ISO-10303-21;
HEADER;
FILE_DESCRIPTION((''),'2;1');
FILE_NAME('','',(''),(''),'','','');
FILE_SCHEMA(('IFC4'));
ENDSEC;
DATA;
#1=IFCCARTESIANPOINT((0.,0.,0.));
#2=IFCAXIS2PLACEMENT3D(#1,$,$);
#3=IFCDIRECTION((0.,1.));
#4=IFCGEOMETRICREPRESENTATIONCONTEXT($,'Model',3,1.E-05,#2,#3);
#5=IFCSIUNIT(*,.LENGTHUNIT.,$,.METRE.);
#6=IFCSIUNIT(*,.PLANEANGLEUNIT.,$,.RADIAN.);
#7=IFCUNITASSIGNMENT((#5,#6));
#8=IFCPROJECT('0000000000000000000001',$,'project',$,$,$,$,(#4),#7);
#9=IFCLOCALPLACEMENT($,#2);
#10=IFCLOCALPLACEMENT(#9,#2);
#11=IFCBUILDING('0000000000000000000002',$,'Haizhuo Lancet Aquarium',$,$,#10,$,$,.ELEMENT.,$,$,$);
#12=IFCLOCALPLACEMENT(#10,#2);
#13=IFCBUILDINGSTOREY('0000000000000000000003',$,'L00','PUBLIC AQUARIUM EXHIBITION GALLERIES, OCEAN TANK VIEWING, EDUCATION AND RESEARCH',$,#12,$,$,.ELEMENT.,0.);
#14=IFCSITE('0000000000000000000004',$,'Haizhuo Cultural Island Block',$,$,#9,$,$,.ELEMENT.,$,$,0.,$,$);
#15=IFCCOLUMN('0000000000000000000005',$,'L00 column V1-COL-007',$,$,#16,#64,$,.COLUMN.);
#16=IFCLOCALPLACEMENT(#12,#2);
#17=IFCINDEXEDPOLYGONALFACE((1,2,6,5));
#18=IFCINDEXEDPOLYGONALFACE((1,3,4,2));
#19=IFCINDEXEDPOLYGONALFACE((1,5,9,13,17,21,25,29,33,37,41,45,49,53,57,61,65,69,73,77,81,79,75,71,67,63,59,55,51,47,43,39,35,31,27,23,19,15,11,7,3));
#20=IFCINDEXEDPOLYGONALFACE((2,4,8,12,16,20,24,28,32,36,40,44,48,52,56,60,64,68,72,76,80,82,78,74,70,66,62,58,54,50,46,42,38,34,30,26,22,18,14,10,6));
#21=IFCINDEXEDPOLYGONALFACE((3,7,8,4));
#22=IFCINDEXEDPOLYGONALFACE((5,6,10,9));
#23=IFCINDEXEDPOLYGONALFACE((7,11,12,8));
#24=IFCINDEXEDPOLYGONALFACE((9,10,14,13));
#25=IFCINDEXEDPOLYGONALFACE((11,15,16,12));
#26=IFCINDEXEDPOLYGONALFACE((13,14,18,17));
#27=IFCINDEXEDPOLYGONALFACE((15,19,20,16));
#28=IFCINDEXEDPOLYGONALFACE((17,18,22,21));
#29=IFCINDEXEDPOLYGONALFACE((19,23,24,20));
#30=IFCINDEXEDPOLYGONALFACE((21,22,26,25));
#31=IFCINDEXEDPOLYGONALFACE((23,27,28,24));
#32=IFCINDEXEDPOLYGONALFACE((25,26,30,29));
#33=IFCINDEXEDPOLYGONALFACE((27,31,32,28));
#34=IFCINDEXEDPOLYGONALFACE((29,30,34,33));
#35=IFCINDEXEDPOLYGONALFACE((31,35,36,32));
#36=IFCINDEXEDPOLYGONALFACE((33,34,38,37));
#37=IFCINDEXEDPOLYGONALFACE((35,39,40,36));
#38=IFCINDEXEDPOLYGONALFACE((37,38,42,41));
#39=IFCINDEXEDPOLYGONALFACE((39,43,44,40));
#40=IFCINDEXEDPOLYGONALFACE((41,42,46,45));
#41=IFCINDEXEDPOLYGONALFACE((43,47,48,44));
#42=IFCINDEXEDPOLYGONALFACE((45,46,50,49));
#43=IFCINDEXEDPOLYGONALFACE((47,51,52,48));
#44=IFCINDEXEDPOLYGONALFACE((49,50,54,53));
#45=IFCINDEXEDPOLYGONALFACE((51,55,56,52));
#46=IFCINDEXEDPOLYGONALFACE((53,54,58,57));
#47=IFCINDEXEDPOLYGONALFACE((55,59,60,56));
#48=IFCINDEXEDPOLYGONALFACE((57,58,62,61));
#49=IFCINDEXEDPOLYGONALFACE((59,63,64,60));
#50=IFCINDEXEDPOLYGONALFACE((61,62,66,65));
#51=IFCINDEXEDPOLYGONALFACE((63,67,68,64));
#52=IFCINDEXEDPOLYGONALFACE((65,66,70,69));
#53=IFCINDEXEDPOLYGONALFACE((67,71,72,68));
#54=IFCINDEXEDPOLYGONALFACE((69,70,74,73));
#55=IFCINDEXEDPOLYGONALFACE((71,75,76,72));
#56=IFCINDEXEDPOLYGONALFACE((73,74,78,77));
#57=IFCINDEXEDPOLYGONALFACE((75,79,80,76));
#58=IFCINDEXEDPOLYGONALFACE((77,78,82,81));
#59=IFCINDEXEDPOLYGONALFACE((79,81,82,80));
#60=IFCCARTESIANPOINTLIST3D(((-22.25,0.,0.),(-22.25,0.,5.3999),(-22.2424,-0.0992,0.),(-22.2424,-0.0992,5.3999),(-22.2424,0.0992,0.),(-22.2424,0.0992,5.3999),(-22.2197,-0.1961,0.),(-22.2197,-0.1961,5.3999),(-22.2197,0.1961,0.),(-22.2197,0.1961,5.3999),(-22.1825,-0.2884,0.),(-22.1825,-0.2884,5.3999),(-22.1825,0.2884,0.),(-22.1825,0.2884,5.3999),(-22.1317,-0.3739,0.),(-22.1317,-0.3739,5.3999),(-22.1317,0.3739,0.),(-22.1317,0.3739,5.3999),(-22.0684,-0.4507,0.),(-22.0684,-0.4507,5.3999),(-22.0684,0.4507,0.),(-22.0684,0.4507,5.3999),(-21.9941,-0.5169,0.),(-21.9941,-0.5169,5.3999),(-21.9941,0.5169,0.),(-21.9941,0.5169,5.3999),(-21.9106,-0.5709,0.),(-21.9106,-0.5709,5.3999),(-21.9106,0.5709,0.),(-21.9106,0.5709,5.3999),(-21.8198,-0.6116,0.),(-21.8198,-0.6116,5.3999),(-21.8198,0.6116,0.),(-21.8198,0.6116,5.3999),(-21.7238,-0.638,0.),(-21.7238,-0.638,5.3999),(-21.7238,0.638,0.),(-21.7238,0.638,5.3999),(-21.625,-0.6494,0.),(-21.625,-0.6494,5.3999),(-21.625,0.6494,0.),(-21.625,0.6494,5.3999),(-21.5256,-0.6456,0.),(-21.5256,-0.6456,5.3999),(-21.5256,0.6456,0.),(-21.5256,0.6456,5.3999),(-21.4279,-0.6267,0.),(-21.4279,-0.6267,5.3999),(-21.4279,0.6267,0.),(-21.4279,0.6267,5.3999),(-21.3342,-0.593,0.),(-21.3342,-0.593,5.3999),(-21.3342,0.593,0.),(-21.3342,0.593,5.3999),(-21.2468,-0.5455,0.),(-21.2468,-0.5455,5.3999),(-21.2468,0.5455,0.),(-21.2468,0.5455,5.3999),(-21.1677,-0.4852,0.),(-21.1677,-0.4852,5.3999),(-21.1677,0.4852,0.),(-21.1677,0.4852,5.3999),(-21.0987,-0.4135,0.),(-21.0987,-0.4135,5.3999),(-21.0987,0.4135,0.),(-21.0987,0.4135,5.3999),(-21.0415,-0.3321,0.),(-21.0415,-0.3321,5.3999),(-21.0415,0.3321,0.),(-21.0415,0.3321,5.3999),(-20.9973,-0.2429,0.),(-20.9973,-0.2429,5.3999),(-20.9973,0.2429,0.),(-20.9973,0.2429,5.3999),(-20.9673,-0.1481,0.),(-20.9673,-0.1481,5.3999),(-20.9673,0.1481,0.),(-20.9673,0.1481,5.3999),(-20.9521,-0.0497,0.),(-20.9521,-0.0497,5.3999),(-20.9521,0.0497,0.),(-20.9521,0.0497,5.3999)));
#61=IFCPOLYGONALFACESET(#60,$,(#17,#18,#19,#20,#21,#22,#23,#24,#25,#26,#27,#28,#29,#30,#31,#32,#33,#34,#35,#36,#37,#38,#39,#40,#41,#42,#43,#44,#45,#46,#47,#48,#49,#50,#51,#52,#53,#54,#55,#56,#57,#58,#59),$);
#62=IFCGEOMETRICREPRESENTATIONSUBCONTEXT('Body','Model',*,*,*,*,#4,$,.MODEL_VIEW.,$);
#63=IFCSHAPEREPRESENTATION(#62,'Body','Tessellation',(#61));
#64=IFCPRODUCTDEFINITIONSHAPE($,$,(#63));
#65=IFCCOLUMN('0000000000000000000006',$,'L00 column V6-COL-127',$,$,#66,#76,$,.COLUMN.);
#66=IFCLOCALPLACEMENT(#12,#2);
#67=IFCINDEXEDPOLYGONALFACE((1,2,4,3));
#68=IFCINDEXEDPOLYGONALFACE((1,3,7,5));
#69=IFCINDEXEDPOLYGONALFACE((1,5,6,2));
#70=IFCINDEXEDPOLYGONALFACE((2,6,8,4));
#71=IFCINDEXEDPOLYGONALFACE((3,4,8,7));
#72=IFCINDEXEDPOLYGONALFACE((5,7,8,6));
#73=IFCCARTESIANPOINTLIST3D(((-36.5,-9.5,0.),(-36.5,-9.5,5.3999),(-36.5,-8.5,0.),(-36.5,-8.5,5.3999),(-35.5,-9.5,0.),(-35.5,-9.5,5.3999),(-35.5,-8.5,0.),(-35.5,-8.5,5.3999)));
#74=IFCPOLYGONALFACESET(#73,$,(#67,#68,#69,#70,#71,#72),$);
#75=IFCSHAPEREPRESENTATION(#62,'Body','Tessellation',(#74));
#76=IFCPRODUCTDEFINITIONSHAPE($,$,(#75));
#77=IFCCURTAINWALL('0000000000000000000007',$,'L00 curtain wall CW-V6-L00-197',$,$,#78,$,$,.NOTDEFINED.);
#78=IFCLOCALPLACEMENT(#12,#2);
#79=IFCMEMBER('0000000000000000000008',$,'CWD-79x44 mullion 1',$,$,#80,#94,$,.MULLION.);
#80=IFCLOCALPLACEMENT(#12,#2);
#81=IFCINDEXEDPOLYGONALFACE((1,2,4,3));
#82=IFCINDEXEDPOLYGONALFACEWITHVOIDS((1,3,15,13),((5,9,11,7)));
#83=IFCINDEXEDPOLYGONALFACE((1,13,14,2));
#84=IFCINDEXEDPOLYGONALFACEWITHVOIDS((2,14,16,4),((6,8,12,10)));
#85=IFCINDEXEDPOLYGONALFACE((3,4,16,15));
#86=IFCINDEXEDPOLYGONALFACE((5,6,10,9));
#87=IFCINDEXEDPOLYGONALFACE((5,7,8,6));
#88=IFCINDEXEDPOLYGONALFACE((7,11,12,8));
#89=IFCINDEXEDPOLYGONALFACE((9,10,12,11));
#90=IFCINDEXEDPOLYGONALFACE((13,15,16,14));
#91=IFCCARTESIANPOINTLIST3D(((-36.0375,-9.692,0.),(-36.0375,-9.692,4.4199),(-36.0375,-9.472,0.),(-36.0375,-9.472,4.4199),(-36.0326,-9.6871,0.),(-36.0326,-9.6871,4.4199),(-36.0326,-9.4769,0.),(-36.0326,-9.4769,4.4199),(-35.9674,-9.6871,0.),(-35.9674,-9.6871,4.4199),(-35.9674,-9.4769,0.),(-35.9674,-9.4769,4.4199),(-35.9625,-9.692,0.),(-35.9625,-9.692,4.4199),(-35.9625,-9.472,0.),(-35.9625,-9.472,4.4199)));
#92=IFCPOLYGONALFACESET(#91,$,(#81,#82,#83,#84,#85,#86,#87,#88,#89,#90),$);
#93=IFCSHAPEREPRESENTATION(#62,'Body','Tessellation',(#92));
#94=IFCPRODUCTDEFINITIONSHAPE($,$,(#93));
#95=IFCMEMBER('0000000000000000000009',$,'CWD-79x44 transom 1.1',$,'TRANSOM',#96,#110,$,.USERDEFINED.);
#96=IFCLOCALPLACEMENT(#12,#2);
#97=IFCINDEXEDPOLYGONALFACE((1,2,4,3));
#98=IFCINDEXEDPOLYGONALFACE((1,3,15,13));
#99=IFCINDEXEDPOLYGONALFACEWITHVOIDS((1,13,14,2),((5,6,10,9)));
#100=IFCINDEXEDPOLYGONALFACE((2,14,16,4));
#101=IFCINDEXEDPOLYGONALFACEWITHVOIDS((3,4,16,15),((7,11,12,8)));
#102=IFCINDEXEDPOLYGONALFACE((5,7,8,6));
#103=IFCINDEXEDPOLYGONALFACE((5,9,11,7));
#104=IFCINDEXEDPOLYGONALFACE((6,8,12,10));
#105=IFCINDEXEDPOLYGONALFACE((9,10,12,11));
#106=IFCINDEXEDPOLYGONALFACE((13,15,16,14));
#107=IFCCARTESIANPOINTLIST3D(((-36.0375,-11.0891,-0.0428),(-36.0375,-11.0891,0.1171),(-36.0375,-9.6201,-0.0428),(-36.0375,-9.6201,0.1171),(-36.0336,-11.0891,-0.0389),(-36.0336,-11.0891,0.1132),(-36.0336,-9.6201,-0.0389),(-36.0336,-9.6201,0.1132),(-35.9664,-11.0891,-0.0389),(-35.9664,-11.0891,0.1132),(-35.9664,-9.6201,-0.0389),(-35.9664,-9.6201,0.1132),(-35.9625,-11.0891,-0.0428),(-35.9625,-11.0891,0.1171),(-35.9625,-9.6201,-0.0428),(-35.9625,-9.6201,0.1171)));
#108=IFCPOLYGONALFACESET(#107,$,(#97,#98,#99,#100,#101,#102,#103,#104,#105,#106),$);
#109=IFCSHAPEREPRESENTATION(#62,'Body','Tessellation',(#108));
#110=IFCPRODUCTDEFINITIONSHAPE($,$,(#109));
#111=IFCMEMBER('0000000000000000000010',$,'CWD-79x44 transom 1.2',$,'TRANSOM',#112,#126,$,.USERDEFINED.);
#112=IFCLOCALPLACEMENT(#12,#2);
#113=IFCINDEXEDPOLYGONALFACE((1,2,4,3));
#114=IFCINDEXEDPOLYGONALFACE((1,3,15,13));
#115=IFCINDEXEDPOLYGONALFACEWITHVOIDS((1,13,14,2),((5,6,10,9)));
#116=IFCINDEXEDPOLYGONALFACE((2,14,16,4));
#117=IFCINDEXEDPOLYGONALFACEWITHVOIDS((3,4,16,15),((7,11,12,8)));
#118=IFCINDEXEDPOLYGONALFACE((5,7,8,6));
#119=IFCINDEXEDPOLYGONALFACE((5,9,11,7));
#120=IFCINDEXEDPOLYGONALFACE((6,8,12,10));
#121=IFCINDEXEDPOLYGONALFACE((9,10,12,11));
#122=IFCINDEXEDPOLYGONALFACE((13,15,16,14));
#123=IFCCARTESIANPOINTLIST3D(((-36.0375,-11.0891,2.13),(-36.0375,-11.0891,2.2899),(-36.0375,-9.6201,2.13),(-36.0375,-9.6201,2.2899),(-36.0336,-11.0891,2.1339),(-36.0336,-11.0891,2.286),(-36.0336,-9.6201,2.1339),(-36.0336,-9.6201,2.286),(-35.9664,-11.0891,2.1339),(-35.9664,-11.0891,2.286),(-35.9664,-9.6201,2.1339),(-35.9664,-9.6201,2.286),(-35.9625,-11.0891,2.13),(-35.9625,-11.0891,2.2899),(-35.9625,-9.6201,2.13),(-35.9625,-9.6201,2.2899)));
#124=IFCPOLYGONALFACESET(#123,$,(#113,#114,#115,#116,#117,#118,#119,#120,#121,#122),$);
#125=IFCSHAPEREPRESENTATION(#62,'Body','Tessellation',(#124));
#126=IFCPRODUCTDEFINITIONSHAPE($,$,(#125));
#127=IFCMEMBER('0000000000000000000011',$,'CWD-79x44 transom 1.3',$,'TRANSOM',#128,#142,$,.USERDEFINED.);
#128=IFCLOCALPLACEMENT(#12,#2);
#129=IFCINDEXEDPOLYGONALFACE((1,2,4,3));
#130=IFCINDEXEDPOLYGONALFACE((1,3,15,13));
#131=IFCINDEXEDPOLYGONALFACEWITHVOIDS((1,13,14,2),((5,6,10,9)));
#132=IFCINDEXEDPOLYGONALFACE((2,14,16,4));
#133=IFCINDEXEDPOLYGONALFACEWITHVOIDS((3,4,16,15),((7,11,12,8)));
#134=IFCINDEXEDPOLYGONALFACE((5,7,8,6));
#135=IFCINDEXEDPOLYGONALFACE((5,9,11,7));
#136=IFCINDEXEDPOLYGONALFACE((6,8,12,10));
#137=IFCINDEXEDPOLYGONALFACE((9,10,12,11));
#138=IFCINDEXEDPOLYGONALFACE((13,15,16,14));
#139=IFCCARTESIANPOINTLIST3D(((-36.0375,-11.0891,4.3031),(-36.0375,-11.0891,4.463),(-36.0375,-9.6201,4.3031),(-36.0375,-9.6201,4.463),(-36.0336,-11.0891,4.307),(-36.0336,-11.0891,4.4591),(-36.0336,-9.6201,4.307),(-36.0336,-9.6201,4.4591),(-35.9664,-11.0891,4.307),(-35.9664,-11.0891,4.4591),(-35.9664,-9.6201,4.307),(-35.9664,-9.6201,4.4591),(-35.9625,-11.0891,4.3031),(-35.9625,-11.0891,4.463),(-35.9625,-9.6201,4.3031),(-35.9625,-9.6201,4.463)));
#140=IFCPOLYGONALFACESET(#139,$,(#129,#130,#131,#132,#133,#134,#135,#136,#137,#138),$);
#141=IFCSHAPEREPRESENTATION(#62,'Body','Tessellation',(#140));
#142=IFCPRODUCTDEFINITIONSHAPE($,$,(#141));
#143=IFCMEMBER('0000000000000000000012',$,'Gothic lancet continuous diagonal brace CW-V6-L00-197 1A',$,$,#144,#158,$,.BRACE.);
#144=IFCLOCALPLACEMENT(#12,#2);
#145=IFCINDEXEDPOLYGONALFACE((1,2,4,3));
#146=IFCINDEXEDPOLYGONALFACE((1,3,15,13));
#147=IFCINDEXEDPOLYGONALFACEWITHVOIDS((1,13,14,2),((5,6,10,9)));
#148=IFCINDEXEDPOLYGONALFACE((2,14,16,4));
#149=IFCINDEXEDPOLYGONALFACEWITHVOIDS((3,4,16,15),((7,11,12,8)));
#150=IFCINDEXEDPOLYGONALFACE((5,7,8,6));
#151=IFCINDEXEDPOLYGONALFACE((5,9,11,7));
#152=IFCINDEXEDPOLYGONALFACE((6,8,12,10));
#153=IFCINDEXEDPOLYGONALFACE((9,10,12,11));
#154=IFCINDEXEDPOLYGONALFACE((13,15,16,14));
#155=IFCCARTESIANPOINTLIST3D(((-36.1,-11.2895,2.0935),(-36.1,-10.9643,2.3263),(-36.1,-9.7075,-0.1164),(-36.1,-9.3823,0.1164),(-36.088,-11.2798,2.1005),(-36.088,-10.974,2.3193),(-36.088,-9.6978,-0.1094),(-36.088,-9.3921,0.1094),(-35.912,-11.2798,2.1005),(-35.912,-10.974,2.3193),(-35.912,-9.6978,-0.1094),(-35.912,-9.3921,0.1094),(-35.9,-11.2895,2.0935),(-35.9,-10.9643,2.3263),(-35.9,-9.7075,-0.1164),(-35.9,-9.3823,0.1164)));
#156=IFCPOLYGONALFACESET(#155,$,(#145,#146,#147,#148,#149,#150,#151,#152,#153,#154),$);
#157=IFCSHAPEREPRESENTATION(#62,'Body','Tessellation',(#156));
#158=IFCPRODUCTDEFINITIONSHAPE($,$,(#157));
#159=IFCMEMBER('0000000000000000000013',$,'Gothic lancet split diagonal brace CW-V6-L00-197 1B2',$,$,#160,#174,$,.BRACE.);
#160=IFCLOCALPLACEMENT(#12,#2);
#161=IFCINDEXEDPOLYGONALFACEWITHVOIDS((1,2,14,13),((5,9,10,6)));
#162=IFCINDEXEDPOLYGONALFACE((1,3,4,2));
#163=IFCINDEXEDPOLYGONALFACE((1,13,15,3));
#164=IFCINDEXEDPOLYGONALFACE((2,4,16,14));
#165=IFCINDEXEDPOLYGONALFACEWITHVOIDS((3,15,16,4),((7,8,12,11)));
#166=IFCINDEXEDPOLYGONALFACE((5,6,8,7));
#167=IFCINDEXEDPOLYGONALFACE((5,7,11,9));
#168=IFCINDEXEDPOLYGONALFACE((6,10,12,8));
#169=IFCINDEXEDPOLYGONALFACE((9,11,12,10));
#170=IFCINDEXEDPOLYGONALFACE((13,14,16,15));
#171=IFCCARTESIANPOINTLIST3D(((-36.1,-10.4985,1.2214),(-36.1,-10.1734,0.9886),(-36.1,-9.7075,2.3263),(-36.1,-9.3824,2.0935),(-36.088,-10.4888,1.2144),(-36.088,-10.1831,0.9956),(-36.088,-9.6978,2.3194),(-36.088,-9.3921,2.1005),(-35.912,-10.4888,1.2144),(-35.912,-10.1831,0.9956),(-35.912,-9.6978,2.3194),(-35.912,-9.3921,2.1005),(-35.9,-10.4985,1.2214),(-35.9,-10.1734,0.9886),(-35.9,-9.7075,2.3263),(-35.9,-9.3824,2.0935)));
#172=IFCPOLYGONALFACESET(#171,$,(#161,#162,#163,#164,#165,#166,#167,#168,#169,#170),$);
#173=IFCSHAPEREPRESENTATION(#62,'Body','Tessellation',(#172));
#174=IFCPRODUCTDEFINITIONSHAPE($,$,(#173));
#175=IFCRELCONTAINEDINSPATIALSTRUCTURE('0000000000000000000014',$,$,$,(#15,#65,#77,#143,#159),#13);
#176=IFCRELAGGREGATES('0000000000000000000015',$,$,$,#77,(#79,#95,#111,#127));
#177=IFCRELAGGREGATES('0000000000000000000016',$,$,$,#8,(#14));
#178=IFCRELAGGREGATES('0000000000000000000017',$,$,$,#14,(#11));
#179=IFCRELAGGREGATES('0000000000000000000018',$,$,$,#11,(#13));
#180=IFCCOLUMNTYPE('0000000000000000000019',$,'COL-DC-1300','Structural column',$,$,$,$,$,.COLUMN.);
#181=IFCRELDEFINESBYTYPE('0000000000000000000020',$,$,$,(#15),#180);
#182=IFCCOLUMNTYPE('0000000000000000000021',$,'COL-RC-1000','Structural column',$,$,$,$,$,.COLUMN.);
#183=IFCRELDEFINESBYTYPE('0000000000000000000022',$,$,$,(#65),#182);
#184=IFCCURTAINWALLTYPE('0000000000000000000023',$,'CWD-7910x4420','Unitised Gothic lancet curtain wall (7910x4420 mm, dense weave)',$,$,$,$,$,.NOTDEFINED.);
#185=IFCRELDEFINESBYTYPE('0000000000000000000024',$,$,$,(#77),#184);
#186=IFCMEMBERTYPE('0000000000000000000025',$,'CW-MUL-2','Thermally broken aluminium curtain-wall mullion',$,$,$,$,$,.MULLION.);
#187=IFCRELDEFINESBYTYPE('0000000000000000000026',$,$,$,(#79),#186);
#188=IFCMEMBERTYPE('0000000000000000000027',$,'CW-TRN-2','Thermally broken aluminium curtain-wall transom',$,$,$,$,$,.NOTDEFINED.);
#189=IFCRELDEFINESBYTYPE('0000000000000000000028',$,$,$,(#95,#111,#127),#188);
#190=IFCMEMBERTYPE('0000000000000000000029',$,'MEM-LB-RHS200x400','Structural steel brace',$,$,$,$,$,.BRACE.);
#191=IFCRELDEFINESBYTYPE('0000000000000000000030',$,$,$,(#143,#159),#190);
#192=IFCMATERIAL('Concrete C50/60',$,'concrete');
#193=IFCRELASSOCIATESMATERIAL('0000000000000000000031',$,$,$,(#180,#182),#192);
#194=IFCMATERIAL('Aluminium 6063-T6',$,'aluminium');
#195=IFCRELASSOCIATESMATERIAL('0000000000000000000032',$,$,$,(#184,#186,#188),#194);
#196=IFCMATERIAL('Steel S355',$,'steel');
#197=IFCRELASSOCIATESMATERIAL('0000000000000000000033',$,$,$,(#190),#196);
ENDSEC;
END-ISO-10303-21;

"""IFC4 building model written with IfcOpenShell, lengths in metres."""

from ifc_helpers import new_model, si_unit, direction, frame, origin, origin_2d, place, context, subcontext, project, spatial, rectangle, hollow_rectangle, circle, extrude, material, material_profile, profile_set, type_object, element, aggregate, save


model = new_model("IFC4")

# Units and contexts
model_context = context("Model", 3, precision=1e-05, world=origin(), true_north=direction((0.0, 1.0)))
body_context = subcontext(model_context, "Body", "Model", "MODEL_VIEW")
ifc_project = project(units=[si_unit("LENGTHUNIT", "METRE"), si_unit("PLANEANGLEUNIT", "RADIAN")], contexts=[model_context])

# Site, building, storey
site_placement = place(None, origin())
site = spatial("IfcSite", under=ifc_project, at=site_placement, Name="Haizhuo Cultural Island Block", CompositionType="ELEMENT", RefElevation=0.0)
building_placement = place(site_placement, origin())
building = spatial("IfcBuilding", under=site, at=building_placement, Name="Haizhuo Lancet Aquarium", CompositionType="ELEMENT")
storey_placement = place(building_placement, origin())
storey = spatial("IfcBuildingStorey", under=building, at=storey_placement, Name="L00", Description="PUBLIC AQUARIUM EXHIBITION GALLERIES, OCEAN TANK VIEWING, EDUCATION AND RESEARCH", CompositionType="ELEMENT", Elevation=0.0)

# Columns
ifc_material_1 = material(Name="Concrete C50/60", Category="concrete")
ifc_material_profile_1 = material_profile(ifc_material_1, circle(Radius=0.6499, at=origin_2d()), Name="RC-DC 1300")
ifc_profile_set_1 = profile_set([ifc_material_profile_1], Name="Concrete C50/60")
column_type_1 = type_object("IfcColumnType", Name="COL-DC-1300", Description="Structural column", PredefinedType="COLUMN", material=ifc_profile_set_1)
column_1_placement = place(storey_placement, frame((-21.6001, 0.0, 0.0), z_axis=(0.0, 0.0, 1.0), x_axis=(-1.0, 0.0, 0.0)))
element("IfcColumn", 1, at=column_1_placement, inside=storey, type_object=column_type_1, Name="L00 column V1-COL-007", PredefinedType="COLUMN", context=body_context, shape_type="SweptSolid", body=[
    extrude(circle(Radius=0.6499, at=origin_2d()), origin(), (0.0, 0.0, 1.0), 5.3999),
])
ifc_material_profile_2 = material_profile(ifc_material_1, rectangle(XDim=1.0, YDim=1.0, at=origin_2d()), Name="RC-COL 1000x1000")
ifc_profile_set_2 = profile_set([ifc_material_profile_2], Name="Concrete C50/60")
column_type_2 = type_object("IfcColumnType", Name="COL-RC-1000", Description="Structural column", PredefinedType="COLUMN", material=ifc_profile_set_2)
column_2_placement = place(storey_placement, frame((-36.0, -9.0, 0.0), z_axis=(0.0, 0.0, 1.0), x_axis=(1.0, 0.0, 0.0)))
element("IfcColumn", 2, at=column_2_placement, inside=storey, type_object=column_type_2, Name="L00 column V6-COL-127", PredefinedType="COLUMN", context=body_context, shape_type="SweptSolid", body=[
    extrude(rectangle(XDim=1.0, YDim=1.0, at=origin_2d()), origin(), (0.0, 0.0, 1.0), 5.3999),
])

# Curtain wall, members
ifc_material_2 = material(Name="Aluminium 6063-T6", Category="aluminium")
curtain_wall_type = type_object("IfcCurtainWallType", Name="CWD-7910x4420", Description="Unitised Gothic lancet curtain wall (7910x4420 mm, dense weave)", PredefinedType="NOTDEFINED", material=ifc_material_2)
curtain_wall_placement = place(storey_placement, origin())
curtain_wall = element("IfcCurtainWall", 3, at=curtain_wall_placement, inside=storey, type_object=curtain_wall_type, Name="L00 curtain wall CW-V6-L00-197", PredefinedType="NOTDEFINED")
ifc_material_profile_3 = material_profile(ifc_material_2, hollow_rectangle(XDim=0.075, YDim=0.22, WallThickness=0.0049, at=origin_2d()), Name="ALU-M 75x220x5")
ifc_profile_set_3 = profile_set([ifc_material_profile_3], Name="Aluminium 6063-T6")
member_type_1 = type_object("IfcMemberType", Name="CW-MUL-2", Description="Thermally broken aluminium curtain-wall mullion", PredefinedType="MULLION", material=ifc_profile_set_3)
member_1_placement = place(storey_placement, frame((-36.0, -9.582, 0.0), z_axis=(0.0, 0.0, 1.0), x_axis=(1.0, 0.0, 0.0)))
member_1 = element("IfcMember", 4, at=member_1_placement, type_object=member_type_1, Name="CWD-79x44 mullion 1", PredefinedType="MULLION", context=body_context, shape_type="SweptSolid", body=[
    extrude(hollow_rectangle(XDim=0.075, YDim=0.22, WallThickness=0.0049, at=origin_2d()), origin(), (0.0, 0.0, 1.0), 4.4199),
])
ifc_material_profile_4 = material_profile(ifc_material_2, hollow_rectangle(XDim=0.075, YDim=0.1599, WallThickness=0.0039, at=origin_2d()), Name="ALU-T 75x160x4")
ifc_profile_set_4 = profile_set([ifc_material_profile_4], Name="Aluminium 6063-T6")
member_type_2 = type_object("IfcMemberType", Name="CW-TRN-2", Description="Thermally broken aluminium curtain-wall transom", PredefinedType="NOTDEFINED", material=ifc_profile_set_4)
member_2_placement = place(storey_placement, frame((-36.0, -9.6201, 0.0371), z_axis=(0.0, -1.0, 0.0), x_axis=(1.0, 0.0, 0.0)))
member_2 = element("IfcMember", 5, at=member_2_placement, type_object=member_type_2, Name="CWD-79x44 transom 1.1", ObjectType="TRANSOM", PredefinedType="USERDEFINED", context=body_context, shape_type="SweptSolid", body=[
    extrude(hollow_rectangle(XDim=0.075, YDim=0.1599, WallThickness=0.0039, at=origin_2d()), origin(), (0.0, 0.0, 1.0), 1.469),
])
member_3_placement = place(storey_placement, frame((-36.0, -9.6201, 2.21), z_axis=(0.0, -1.0, 0.0), x_axis=(1.0, 0.0, 0.0)))
member_3 = element("IfcMember", 6, at=member_3_placement, type_object=member_type_2, Name="CWD-79x44 transom 1.2", ObjectType="TRANSOM", PredefinedType="USERDEFINED", context=body_context, shape_type="SweptSolid", body=[
    extrude(hollow_rectangle(XDim=0.075, YDim=0.1599, WallThickness=0.0039, at=origin_2d()), origin(), (0.0, 0.0, 1.0), 1.469),
])
member_4_placement = place(storey_placement, frame((-36.0, -9.6201, 4.3831), z_axis=(0.0, -1.0, 0.0), x_axis=(1.0, 0.0, 0.0)))
member_4 = element("IfcMember", 7, at=member_4_placement, type_object=member_type_2, Name="CWD-79x44 transom 1.3", ObjectType="TRANSOM", PredefinedType="USERDEFINED", context=body_context, shape_type="SweptSolid", body=[
    extrude(hollow_rectangle(XDim=0.075, YDim=0.1599, WallThickness=0.0039, at=origin_2d()), origin(), (0.0, 0.0, 1.0), 1.469),
])

# Members
ifc_material_3 = material(Name="Steel S355", Category="steel")
ifc_material_profile_5 = material_profile(ifc_material_3, hollow_rectangle(XDim=0.2, YDim=0.3999, WallThickness=0.012, at=origin_2d()), Name="RHS 200x400x12")
ifc_profile_set_5 = profile_set([ifc_material_profile_5], Name="Steel S355")
member_type_3 = type_object("IfcMemberType", Name="MEM-LB-RHS200x400", Description="Structural steel brace", PredefinedType="BRACE", material=ifc_profile_set_5)
member_5_placement = place(storey_placement, frame((-36.0, -9.5449, 0.0), z_axis=(0.0, -0.582088, 0.813126), x_axis=(1.0, 0.0, 0.0)))
element("IfcMember", 8, at=member_5_placement, inside=storey, type_object=member_type_3, Name="Gothic lancet continuous diagonal brace CW-V6-L00-197 1A", PredefinedType="BRACE", context=body_context, shape_type="SweptSolid", body=[
    extrude(hollow_rectangle(XDim=0.2, YDim=0.3999, WallThickness=0.012, at=origin_2d()), origin(), (0.0, 0.0, 1.0), 2.7178),
])
member_6_placement = place(storey_placement, frame((-36.0, -10.3359, 1.105), z_axis=(0.0, 0.582088, 0.813126), x_axis=(-1.0, 0.0, 0.0)))
element("IfcMember", 9, at=member_6_placement, inside=storey, type_object=member_type_3, Name="Gothic lancet split diagonal brace CW-V6-L00-197 1B2", PredefinedType="BRACE", context=body_context, shape_type="SweptSolid", body=[
    extrude(hollow_rectangle(XDim=0.2, YDim=0.3999, WallThickness=0.012, at=origin_2d()), origin(), (0.0, 0.0, 1.0), 1.3589),
])

aggregate(curtain_wall, [member_1, member_2, member_3, member_4])

save(model, "model.ifc")
